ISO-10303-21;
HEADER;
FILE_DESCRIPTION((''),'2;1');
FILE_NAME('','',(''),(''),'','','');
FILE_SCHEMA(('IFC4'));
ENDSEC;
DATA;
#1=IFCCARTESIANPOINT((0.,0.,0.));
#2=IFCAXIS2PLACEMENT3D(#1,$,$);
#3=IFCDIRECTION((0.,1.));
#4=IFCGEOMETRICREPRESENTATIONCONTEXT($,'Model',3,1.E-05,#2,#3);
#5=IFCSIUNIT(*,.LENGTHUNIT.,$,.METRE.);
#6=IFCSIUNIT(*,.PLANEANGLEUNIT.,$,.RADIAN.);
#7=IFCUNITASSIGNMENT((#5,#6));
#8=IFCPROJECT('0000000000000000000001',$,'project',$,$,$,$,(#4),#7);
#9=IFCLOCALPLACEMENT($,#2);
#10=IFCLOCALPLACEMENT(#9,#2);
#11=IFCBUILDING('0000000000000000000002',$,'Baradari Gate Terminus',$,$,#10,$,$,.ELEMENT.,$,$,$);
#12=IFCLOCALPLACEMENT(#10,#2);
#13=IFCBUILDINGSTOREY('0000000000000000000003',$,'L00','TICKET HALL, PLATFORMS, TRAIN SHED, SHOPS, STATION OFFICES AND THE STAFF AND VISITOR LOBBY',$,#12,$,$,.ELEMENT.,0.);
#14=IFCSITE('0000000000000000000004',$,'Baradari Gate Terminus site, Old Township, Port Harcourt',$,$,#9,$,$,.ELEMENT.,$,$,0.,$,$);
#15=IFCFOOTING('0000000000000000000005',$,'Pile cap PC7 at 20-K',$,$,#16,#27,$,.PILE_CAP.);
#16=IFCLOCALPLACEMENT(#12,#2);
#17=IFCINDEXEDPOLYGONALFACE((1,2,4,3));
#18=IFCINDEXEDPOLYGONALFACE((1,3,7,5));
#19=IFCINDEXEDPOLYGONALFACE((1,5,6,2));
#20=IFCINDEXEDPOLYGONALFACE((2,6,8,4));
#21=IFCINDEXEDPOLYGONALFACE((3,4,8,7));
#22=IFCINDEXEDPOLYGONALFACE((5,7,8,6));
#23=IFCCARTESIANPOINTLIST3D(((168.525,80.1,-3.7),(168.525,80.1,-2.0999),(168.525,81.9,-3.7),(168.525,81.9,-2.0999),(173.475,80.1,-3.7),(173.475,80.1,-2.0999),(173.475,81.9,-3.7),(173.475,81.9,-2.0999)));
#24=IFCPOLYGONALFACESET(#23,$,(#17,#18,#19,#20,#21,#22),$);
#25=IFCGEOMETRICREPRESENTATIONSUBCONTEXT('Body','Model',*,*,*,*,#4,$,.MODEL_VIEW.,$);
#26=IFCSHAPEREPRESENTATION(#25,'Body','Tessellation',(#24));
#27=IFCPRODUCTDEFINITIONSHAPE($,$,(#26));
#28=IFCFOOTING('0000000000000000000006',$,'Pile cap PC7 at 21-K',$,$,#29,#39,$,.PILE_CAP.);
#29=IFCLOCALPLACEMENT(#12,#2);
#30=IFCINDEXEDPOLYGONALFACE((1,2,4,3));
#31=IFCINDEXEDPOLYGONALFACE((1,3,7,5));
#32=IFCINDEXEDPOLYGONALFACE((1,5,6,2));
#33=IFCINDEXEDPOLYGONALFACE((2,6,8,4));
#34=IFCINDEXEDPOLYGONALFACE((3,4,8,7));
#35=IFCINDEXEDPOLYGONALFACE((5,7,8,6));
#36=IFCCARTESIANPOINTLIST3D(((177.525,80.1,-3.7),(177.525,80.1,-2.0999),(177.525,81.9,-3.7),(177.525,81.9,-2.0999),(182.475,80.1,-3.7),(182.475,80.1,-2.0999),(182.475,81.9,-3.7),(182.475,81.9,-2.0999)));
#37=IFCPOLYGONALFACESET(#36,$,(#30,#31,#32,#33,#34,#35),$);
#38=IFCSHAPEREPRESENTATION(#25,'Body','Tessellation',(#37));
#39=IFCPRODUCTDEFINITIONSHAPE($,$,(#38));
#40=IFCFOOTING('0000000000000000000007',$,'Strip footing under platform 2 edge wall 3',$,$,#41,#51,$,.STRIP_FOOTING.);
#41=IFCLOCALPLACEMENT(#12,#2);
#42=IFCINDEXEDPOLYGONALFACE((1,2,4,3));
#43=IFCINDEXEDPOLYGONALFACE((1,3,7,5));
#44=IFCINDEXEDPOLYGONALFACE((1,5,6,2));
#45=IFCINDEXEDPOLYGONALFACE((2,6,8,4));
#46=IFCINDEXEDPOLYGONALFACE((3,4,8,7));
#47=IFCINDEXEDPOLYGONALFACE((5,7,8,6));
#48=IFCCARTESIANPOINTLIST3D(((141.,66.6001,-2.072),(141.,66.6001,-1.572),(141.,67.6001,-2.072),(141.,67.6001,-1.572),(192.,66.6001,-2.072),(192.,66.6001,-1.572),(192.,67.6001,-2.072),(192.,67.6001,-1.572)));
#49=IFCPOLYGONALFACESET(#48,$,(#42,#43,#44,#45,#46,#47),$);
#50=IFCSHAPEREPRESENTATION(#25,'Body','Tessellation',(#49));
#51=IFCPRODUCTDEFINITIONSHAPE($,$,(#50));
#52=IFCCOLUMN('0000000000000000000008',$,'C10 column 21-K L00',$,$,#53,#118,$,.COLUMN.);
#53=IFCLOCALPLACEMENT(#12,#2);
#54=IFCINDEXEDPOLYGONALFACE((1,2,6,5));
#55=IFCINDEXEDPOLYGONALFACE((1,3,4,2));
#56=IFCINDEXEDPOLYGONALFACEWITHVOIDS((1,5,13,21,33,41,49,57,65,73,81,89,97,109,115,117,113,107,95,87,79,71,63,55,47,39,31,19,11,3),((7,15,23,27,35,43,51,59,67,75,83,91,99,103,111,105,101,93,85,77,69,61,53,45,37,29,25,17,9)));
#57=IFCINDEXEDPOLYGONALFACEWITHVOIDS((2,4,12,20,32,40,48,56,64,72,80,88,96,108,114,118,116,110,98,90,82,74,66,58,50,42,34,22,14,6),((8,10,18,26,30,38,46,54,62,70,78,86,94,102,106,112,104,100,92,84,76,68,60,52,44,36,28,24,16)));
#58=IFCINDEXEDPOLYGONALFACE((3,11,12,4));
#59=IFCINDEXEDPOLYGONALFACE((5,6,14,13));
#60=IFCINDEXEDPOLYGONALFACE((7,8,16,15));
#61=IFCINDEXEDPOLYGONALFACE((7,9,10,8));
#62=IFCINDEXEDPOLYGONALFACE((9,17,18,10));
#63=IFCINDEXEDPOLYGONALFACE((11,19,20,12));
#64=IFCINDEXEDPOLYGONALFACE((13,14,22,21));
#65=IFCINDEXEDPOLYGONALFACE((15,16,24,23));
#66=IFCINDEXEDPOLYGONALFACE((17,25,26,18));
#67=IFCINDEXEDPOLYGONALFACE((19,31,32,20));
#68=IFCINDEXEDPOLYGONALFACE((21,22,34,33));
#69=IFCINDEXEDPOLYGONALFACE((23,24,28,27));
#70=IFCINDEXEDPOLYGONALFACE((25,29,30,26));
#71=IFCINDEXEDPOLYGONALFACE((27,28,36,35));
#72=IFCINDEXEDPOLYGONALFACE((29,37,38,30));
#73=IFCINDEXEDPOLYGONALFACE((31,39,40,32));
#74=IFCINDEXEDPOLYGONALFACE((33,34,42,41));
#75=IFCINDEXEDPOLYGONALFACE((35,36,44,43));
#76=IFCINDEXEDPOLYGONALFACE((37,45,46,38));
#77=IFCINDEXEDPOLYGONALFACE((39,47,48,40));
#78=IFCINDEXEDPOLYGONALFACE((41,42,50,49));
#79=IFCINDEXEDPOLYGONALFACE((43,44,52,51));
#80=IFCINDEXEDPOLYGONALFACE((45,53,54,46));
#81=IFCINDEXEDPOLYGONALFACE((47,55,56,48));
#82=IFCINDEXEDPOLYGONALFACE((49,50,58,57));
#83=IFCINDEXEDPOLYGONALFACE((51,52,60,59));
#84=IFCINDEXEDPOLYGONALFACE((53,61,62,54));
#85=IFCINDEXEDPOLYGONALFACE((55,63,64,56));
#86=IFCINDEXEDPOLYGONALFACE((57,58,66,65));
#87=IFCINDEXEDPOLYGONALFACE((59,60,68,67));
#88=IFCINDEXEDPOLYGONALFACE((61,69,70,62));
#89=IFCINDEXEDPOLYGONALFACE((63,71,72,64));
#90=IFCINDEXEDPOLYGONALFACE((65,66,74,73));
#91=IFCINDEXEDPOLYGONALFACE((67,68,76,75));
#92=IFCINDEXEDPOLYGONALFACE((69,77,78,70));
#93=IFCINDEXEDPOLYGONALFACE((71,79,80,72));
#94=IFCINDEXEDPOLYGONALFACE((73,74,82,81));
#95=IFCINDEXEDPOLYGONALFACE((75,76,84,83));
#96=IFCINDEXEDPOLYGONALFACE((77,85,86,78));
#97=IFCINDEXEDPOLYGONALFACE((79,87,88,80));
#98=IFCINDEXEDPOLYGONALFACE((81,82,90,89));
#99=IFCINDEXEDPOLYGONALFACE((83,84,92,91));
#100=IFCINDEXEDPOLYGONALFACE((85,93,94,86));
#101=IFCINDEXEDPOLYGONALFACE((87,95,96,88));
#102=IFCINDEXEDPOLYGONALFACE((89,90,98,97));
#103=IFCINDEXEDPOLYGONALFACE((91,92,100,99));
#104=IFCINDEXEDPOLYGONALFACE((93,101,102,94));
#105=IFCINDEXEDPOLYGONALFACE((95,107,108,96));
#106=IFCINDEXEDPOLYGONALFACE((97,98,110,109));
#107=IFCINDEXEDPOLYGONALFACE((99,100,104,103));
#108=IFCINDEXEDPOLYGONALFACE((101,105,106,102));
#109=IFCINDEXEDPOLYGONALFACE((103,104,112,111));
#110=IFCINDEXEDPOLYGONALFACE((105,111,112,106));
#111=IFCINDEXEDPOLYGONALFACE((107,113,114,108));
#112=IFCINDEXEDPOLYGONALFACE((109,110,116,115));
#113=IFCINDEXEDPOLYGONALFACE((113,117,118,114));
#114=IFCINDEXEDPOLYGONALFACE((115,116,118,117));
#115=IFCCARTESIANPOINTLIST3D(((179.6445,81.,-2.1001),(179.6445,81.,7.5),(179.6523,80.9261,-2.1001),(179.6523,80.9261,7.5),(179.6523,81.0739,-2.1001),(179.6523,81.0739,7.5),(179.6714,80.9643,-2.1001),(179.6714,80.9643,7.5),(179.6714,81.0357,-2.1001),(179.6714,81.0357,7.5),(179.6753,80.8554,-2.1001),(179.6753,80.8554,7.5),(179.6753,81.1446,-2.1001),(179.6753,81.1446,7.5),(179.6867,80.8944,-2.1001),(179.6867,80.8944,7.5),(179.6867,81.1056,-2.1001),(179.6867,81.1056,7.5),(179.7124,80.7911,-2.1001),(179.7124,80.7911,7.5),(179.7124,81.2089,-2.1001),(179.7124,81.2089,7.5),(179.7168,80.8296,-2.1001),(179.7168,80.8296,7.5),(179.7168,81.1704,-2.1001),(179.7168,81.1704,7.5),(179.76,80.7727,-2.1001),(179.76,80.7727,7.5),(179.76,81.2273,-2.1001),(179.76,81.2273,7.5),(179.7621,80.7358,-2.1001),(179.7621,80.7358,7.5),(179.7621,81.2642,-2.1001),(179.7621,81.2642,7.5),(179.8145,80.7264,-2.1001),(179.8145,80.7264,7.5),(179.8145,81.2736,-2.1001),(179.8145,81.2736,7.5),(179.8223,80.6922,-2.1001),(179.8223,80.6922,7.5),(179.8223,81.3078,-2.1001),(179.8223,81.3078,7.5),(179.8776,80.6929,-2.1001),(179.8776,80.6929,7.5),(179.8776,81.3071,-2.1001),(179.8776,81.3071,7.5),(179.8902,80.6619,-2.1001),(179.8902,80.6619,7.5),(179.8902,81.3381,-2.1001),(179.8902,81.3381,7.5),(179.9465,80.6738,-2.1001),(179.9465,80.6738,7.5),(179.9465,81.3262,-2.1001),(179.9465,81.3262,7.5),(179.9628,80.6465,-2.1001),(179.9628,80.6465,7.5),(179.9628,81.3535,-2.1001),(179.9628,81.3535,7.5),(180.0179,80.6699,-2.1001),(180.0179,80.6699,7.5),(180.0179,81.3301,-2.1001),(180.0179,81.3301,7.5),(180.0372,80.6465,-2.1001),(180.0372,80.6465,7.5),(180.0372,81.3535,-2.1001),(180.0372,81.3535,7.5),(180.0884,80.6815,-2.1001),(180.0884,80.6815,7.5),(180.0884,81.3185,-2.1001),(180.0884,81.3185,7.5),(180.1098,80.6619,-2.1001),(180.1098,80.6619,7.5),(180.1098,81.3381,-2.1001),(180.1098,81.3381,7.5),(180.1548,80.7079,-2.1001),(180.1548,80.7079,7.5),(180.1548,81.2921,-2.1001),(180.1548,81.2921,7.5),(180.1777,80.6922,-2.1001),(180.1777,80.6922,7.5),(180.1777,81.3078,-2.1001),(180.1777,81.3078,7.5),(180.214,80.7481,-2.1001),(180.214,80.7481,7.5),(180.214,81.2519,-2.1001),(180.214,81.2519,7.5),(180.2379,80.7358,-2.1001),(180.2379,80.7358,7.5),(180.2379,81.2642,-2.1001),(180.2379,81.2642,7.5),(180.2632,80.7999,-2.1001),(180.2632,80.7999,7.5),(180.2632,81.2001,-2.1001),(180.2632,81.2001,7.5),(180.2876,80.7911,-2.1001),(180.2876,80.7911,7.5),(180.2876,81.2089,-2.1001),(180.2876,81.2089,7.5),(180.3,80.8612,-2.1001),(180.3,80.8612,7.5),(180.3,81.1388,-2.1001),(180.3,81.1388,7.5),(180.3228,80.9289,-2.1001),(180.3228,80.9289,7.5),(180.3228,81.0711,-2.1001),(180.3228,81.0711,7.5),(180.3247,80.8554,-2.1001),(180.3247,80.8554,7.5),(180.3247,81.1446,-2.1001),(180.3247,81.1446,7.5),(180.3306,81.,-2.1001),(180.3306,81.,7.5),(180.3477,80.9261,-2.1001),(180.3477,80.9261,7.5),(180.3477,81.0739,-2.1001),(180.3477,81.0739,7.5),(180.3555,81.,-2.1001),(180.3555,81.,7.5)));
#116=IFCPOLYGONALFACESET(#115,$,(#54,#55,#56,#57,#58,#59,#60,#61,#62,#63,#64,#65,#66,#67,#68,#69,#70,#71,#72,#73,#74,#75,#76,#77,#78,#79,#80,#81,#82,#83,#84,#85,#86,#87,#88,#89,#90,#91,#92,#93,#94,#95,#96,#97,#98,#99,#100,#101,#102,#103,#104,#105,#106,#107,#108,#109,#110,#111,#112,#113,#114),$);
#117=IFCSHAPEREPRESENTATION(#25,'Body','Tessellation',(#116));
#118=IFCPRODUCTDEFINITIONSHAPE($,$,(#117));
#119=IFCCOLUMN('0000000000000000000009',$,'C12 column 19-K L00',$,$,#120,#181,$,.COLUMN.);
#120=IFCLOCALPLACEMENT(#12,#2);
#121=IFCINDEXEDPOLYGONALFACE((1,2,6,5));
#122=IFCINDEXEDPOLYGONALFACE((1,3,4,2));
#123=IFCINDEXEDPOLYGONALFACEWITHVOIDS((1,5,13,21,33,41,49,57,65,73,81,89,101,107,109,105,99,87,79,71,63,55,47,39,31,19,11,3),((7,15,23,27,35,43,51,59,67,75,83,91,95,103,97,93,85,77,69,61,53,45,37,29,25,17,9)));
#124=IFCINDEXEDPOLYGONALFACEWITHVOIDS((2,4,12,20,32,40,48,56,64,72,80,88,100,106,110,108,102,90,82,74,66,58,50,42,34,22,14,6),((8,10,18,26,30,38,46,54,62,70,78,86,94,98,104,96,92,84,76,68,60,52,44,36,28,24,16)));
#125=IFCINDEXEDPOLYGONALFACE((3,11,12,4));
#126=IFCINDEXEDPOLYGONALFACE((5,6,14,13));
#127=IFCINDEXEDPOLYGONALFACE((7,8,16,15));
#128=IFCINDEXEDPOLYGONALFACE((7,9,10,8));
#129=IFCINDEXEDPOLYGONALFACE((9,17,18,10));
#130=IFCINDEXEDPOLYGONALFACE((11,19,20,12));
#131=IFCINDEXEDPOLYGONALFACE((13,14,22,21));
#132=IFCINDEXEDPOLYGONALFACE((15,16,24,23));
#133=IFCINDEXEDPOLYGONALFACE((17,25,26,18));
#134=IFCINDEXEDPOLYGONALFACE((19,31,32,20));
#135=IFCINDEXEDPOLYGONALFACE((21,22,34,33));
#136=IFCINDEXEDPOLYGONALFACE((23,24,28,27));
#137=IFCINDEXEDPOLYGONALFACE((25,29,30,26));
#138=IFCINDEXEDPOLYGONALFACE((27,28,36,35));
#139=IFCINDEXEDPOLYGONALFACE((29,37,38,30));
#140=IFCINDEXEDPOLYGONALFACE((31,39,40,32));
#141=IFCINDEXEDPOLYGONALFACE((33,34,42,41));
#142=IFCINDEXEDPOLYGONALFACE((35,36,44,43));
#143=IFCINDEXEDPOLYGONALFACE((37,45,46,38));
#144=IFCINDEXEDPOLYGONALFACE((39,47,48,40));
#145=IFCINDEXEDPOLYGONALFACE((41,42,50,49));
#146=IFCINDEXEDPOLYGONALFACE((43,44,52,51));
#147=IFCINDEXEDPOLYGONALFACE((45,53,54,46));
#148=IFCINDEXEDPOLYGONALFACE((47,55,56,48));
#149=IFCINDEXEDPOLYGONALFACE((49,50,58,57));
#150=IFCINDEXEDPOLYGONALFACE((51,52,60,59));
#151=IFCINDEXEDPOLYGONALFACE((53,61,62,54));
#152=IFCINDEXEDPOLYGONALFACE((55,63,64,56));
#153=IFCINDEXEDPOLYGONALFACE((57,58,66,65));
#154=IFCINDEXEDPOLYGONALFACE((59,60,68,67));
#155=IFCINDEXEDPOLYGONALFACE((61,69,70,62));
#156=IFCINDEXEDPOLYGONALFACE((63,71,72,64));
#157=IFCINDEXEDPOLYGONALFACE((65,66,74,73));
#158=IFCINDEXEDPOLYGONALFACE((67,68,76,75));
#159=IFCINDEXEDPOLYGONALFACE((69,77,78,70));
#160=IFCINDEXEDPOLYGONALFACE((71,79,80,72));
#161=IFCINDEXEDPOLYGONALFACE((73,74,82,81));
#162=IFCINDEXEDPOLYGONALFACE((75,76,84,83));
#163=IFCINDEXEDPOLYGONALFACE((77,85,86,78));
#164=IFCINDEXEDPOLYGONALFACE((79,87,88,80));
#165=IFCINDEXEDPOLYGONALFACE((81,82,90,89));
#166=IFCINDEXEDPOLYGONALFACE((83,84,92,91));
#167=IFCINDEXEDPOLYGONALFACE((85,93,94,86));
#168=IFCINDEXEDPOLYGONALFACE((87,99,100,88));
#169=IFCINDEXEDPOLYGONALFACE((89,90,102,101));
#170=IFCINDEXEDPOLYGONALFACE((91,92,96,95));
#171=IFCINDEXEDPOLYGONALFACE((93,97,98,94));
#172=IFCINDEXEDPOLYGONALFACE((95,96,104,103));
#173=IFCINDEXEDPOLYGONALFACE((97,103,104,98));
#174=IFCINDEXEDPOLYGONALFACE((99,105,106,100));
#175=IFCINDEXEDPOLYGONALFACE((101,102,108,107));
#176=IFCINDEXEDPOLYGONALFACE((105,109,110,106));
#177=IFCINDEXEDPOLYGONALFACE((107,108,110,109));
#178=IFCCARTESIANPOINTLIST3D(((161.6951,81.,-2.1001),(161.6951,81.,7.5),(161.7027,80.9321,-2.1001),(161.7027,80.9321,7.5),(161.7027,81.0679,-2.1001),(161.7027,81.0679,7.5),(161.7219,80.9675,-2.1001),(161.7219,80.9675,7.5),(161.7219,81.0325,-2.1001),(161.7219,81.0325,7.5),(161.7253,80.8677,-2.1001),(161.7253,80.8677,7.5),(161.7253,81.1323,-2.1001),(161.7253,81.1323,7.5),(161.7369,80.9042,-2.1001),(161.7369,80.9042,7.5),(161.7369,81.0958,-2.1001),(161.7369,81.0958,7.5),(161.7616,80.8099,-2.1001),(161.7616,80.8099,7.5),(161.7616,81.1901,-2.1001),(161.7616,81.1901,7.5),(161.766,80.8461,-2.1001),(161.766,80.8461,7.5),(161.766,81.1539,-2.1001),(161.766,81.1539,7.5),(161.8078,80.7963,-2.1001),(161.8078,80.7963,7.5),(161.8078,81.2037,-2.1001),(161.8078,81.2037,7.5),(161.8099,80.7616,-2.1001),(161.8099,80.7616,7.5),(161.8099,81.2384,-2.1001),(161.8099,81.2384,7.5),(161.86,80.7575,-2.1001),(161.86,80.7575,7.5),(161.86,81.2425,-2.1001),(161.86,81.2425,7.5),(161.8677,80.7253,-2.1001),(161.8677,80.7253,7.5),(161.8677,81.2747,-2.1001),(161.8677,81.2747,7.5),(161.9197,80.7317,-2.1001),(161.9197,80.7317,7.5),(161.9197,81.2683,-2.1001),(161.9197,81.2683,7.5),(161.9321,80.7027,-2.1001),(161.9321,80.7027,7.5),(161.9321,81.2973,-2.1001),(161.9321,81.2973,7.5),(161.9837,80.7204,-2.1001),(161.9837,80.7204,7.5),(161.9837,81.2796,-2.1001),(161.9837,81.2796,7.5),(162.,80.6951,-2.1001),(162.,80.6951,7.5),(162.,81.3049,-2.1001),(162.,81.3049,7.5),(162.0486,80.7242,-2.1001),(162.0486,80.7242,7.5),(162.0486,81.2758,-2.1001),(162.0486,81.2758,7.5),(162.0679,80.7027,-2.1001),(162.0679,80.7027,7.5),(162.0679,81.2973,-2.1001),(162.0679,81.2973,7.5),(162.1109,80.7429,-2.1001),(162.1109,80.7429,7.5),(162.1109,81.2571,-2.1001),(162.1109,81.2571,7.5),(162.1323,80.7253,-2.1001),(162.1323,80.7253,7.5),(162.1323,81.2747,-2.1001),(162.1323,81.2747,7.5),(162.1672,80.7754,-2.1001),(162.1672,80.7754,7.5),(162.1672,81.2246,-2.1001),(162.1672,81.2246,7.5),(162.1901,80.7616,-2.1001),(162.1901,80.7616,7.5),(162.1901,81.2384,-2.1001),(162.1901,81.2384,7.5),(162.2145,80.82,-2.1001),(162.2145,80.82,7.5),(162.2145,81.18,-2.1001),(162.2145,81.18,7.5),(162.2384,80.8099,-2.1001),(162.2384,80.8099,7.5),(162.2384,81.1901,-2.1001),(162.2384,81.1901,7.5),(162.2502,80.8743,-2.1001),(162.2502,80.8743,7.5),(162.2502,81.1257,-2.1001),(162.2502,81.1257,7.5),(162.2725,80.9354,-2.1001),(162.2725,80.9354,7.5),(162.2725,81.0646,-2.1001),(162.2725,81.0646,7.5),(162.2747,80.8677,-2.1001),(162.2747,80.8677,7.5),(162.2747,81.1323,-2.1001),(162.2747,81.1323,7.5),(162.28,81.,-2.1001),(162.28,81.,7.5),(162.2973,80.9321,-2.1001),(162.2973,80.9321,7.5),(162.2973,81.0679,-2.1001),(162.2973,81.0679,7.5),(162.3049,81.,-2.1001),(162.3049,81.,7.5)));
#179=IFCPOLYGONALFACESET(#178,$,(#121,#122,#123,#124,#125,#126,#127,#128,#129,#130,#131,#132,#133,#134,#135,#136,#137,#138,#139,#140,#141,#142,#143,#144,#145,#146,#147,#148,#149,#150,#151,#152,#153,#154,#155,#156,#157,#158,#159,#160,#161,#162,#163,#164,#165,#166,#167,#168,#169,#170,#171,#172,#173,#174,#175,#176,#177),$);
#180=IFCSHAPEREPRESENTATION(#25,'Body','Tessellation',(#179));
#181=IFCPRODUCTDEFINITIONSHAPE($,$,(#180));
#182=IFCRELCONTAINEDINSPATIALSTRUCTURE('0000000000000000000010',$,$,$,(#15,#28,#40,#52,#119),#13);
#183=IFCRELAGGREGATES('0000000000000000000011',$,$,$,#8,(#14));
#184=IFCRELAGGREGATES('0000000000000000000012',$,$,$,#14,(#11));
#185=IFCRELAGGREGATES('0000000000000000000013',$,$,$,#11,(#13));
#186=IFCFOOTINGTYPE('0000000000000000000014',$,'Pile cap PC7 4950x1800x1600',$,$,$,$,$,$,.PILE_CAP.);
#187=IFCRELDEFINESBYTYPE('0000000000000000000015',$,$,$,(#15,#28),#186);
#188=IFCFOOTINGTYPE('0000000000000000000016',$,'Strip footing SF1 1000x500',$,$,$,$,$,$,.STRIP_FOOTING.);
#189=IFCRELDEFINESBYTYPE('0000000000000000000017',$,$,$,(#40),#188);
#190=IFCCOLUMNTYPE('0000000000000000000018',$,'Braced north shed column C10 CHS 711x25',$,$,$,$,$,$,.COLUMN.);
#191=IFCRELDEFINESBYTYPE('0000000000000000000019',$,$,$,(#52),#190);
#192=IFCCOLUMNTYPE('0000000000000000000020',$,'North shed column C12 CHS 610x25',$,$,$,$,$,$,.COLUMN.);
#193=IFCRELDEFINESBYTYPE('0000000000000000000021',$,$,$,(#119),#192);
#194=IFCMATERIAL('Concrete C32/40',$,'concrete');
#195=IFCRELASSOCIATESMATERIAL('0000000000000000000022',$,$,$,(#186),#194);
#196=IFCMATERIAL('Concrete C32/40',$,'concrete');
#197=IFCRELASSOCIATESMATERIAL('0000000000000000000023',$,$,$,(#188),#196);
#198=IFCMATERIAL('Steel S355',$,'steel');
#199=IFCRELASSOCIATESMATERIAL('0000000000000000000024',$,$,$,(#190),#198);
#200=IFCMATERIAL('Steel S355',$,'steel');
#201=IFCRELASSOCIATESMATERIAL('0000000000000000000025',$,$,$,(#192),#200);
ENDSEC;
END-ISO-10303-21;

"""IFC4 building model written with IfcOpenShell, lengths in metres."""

from ifc_helpers import new_model, si_unit, direction, frame, origin, origin_2d, place, context, subcontext, project, spatial, rectangle, hollow_circle, extrude, material, material_profile, profile_set, type_object, element, save


model = new_model("IFC4")

# Units and contexts
model_context = context("Model", 3, precision=1e-05, world=origin(), true_north=direction((0.0, 1.0)))
body_context = subcontext(model_context, "Body", "Model", "MODEL_VIEW")
ifc_project = project(units=[si_unit("LENGTHUNIT", "METRE"), si_unit("PLANEANGLEUNIT", "RADIAN")], contexts=[model_context])

# Site, building, storey
site_placement = place(None, origin())
site = spatial("IfcSite", under=ifc_project, at=site_placement, Name="Baradari Gate Terminus site, Old Township, Port Harcourt", CompositionType="ELEMENT", RefElevation=0.0)
building_placement = place(site_placement, origin())
building = spatial("IfcBuilding", under=site, at=building_placement, Name="Baradari Gate Terminus", CompositionType="ELEMENT")
storey_placement = place(building_placement, origin())
storey = spatial("IfcBuildingStorey", under=building, at=storey_placement, Name="L00", Description="TICKET HALL, PLATFORMS, TRAIN SHED, SHOPS, STATION OFFICES AND THE STAFF AND VISITOR LOBBY", CompositionType="ELEMENT", Elevation=0.0)

# Footings
ifc_material_1 = material(Name="Concrete C32/40", Category="concrete")
footing_type_1 = type_object("IfcFootingType", Name="Pile cap PC7 4950x1800x1600", PredefinedType="PILE_CAP", material=ifc_material_1)
for number, where, z_axis, x_axis, name in (
    (1, (171.0, 81.0, -3.7), (0.0, 0.0, 1.0), (1.0, 0.0, 0.0), "Pile cap PC7 at 20-K"),
    (2, (180.0, 81.0, -3.7), (0.0, 0.0, 1.0), (1.0, 0.0, 0.0), "Pile cap PC7 at 21-K"),
):
    element("IfcFooting", number, at=place(storey_placement, frame(where, z_axis=z_axis, x_axis=x_axis)), inside=storey, type_object=footing_type_1, Name=name, PredefinedType="PILE_CAP", context=body_context, shape_type="SweptSolid", body=[
        extrude(rectangle(XDim=4.95, YDim=1.8, at=origin_2d()), origin(), (0.0, 0.0, 1.0), 1.6001),
    ])
ifc_material_2 = material(Name="Concrete C32/40", Category="concrete")
footing_type_2 = type_object("IfcFootingType", Name="Strip footing SF1 1000x500", PredefinedType="STRIP_FOOTING", material=ifc_material_2)
footing_placement = place(storey_placement, frame((166.5, 67.1001, -2.072), z_axis=(0.0, 0.0, 1.0), x_axis=(1.0, 0.0, 0.0)))
element("IfcFooting", 3, at=footing_placement, inside=storey, type_object=footing_type_2, Name="Strip footing under platform 2 edge wall 3", PredefinedType="STRIP_FOOTING", context=body_context, shape_type="SweptSolid", body=[
    extrude(rectangle(XDim=51.0, YDim=1.0, at=origin_2d()), origin(), (0.0, 0.0, 1.0), 0.5),
])

# Columns
ifc_material_3 = material(Name="Steel S355", Category="steel")
ifc_material_profile_1 = material_profile(ifc_material_3, hollow_circle(Radius=0.3555, WallThickness=0.0249, at=origin_2d()), Name="CHS 711x25")
ifc_profile_set_1 = profile_set([ifc_material_profile_1], Name="Steel S355")
column_type_1 = type_object("IfcColumnType", Name="Braced north shed column C10 CHS 711x25", PredefinedType="COLUMN", material=ifc_profile_set_1)
column_placement = place(storey_placement, frame((180.0, 81.0, -2.1001), z_axis=(0.0, 0.0, 1.0), x_axis=(1.0, 0.0, 0.0)))
element("IfcColumn", 4, at=column_placement, inside=storey, type_object=column_type_1, Name="C10 column 21-K L00", PredefinedType="COLUMN", context=body_context, shape_type="SweptSolid", body=[
    extrude(hollow_circle(Radius=0.3555, WallThickness=0.0249, at=origin_2d()), origin(), (0.0, 0.0, 1.0), 9.6001),
])
ifc_material_4 = material(Name="Steel S355", Category="steel")
ifc_material_profile_2 = material_profile(ifc_material_4, hollow_circle(Radius=0.3049, WallThickness=0.0249, at=origin_2d()), Name="CHS 610x25")
ifc_profile_set_2 = profile_set([ifc_material_profile_2], Name="Steel S355")
column_type_2 = type_object("IfcColumnType", Name="North shed column C12 CHS 610x25", PredefinedType="COLUMN", material=ifc_profile_set_2)
for number, where, z_axis, x_axis, name in (
    (5, (162.0, 81.0, -2.1001), (0.0, 0.0, 1.0), (1.0, 0.0, 0.0), "C12 column 19-K L00"),
):
    element("IfcColumn", number, at=place(storey_placement, frame(where, z_axis=z_axis, x_axis=x_axis)), inside=storey, type_object=column_type_2, Name=name, PredefinedType="COLUMN", context=body_context, shape_type="SweptSolid", body=[
        extrude(hollow_circle(Radius=0.3049, WallThickness=0.0249, at=origin_2d()), origin(), (0.0, 0.0, 1.0), 9.6001),
    ])

save(model, "model.ifc")
